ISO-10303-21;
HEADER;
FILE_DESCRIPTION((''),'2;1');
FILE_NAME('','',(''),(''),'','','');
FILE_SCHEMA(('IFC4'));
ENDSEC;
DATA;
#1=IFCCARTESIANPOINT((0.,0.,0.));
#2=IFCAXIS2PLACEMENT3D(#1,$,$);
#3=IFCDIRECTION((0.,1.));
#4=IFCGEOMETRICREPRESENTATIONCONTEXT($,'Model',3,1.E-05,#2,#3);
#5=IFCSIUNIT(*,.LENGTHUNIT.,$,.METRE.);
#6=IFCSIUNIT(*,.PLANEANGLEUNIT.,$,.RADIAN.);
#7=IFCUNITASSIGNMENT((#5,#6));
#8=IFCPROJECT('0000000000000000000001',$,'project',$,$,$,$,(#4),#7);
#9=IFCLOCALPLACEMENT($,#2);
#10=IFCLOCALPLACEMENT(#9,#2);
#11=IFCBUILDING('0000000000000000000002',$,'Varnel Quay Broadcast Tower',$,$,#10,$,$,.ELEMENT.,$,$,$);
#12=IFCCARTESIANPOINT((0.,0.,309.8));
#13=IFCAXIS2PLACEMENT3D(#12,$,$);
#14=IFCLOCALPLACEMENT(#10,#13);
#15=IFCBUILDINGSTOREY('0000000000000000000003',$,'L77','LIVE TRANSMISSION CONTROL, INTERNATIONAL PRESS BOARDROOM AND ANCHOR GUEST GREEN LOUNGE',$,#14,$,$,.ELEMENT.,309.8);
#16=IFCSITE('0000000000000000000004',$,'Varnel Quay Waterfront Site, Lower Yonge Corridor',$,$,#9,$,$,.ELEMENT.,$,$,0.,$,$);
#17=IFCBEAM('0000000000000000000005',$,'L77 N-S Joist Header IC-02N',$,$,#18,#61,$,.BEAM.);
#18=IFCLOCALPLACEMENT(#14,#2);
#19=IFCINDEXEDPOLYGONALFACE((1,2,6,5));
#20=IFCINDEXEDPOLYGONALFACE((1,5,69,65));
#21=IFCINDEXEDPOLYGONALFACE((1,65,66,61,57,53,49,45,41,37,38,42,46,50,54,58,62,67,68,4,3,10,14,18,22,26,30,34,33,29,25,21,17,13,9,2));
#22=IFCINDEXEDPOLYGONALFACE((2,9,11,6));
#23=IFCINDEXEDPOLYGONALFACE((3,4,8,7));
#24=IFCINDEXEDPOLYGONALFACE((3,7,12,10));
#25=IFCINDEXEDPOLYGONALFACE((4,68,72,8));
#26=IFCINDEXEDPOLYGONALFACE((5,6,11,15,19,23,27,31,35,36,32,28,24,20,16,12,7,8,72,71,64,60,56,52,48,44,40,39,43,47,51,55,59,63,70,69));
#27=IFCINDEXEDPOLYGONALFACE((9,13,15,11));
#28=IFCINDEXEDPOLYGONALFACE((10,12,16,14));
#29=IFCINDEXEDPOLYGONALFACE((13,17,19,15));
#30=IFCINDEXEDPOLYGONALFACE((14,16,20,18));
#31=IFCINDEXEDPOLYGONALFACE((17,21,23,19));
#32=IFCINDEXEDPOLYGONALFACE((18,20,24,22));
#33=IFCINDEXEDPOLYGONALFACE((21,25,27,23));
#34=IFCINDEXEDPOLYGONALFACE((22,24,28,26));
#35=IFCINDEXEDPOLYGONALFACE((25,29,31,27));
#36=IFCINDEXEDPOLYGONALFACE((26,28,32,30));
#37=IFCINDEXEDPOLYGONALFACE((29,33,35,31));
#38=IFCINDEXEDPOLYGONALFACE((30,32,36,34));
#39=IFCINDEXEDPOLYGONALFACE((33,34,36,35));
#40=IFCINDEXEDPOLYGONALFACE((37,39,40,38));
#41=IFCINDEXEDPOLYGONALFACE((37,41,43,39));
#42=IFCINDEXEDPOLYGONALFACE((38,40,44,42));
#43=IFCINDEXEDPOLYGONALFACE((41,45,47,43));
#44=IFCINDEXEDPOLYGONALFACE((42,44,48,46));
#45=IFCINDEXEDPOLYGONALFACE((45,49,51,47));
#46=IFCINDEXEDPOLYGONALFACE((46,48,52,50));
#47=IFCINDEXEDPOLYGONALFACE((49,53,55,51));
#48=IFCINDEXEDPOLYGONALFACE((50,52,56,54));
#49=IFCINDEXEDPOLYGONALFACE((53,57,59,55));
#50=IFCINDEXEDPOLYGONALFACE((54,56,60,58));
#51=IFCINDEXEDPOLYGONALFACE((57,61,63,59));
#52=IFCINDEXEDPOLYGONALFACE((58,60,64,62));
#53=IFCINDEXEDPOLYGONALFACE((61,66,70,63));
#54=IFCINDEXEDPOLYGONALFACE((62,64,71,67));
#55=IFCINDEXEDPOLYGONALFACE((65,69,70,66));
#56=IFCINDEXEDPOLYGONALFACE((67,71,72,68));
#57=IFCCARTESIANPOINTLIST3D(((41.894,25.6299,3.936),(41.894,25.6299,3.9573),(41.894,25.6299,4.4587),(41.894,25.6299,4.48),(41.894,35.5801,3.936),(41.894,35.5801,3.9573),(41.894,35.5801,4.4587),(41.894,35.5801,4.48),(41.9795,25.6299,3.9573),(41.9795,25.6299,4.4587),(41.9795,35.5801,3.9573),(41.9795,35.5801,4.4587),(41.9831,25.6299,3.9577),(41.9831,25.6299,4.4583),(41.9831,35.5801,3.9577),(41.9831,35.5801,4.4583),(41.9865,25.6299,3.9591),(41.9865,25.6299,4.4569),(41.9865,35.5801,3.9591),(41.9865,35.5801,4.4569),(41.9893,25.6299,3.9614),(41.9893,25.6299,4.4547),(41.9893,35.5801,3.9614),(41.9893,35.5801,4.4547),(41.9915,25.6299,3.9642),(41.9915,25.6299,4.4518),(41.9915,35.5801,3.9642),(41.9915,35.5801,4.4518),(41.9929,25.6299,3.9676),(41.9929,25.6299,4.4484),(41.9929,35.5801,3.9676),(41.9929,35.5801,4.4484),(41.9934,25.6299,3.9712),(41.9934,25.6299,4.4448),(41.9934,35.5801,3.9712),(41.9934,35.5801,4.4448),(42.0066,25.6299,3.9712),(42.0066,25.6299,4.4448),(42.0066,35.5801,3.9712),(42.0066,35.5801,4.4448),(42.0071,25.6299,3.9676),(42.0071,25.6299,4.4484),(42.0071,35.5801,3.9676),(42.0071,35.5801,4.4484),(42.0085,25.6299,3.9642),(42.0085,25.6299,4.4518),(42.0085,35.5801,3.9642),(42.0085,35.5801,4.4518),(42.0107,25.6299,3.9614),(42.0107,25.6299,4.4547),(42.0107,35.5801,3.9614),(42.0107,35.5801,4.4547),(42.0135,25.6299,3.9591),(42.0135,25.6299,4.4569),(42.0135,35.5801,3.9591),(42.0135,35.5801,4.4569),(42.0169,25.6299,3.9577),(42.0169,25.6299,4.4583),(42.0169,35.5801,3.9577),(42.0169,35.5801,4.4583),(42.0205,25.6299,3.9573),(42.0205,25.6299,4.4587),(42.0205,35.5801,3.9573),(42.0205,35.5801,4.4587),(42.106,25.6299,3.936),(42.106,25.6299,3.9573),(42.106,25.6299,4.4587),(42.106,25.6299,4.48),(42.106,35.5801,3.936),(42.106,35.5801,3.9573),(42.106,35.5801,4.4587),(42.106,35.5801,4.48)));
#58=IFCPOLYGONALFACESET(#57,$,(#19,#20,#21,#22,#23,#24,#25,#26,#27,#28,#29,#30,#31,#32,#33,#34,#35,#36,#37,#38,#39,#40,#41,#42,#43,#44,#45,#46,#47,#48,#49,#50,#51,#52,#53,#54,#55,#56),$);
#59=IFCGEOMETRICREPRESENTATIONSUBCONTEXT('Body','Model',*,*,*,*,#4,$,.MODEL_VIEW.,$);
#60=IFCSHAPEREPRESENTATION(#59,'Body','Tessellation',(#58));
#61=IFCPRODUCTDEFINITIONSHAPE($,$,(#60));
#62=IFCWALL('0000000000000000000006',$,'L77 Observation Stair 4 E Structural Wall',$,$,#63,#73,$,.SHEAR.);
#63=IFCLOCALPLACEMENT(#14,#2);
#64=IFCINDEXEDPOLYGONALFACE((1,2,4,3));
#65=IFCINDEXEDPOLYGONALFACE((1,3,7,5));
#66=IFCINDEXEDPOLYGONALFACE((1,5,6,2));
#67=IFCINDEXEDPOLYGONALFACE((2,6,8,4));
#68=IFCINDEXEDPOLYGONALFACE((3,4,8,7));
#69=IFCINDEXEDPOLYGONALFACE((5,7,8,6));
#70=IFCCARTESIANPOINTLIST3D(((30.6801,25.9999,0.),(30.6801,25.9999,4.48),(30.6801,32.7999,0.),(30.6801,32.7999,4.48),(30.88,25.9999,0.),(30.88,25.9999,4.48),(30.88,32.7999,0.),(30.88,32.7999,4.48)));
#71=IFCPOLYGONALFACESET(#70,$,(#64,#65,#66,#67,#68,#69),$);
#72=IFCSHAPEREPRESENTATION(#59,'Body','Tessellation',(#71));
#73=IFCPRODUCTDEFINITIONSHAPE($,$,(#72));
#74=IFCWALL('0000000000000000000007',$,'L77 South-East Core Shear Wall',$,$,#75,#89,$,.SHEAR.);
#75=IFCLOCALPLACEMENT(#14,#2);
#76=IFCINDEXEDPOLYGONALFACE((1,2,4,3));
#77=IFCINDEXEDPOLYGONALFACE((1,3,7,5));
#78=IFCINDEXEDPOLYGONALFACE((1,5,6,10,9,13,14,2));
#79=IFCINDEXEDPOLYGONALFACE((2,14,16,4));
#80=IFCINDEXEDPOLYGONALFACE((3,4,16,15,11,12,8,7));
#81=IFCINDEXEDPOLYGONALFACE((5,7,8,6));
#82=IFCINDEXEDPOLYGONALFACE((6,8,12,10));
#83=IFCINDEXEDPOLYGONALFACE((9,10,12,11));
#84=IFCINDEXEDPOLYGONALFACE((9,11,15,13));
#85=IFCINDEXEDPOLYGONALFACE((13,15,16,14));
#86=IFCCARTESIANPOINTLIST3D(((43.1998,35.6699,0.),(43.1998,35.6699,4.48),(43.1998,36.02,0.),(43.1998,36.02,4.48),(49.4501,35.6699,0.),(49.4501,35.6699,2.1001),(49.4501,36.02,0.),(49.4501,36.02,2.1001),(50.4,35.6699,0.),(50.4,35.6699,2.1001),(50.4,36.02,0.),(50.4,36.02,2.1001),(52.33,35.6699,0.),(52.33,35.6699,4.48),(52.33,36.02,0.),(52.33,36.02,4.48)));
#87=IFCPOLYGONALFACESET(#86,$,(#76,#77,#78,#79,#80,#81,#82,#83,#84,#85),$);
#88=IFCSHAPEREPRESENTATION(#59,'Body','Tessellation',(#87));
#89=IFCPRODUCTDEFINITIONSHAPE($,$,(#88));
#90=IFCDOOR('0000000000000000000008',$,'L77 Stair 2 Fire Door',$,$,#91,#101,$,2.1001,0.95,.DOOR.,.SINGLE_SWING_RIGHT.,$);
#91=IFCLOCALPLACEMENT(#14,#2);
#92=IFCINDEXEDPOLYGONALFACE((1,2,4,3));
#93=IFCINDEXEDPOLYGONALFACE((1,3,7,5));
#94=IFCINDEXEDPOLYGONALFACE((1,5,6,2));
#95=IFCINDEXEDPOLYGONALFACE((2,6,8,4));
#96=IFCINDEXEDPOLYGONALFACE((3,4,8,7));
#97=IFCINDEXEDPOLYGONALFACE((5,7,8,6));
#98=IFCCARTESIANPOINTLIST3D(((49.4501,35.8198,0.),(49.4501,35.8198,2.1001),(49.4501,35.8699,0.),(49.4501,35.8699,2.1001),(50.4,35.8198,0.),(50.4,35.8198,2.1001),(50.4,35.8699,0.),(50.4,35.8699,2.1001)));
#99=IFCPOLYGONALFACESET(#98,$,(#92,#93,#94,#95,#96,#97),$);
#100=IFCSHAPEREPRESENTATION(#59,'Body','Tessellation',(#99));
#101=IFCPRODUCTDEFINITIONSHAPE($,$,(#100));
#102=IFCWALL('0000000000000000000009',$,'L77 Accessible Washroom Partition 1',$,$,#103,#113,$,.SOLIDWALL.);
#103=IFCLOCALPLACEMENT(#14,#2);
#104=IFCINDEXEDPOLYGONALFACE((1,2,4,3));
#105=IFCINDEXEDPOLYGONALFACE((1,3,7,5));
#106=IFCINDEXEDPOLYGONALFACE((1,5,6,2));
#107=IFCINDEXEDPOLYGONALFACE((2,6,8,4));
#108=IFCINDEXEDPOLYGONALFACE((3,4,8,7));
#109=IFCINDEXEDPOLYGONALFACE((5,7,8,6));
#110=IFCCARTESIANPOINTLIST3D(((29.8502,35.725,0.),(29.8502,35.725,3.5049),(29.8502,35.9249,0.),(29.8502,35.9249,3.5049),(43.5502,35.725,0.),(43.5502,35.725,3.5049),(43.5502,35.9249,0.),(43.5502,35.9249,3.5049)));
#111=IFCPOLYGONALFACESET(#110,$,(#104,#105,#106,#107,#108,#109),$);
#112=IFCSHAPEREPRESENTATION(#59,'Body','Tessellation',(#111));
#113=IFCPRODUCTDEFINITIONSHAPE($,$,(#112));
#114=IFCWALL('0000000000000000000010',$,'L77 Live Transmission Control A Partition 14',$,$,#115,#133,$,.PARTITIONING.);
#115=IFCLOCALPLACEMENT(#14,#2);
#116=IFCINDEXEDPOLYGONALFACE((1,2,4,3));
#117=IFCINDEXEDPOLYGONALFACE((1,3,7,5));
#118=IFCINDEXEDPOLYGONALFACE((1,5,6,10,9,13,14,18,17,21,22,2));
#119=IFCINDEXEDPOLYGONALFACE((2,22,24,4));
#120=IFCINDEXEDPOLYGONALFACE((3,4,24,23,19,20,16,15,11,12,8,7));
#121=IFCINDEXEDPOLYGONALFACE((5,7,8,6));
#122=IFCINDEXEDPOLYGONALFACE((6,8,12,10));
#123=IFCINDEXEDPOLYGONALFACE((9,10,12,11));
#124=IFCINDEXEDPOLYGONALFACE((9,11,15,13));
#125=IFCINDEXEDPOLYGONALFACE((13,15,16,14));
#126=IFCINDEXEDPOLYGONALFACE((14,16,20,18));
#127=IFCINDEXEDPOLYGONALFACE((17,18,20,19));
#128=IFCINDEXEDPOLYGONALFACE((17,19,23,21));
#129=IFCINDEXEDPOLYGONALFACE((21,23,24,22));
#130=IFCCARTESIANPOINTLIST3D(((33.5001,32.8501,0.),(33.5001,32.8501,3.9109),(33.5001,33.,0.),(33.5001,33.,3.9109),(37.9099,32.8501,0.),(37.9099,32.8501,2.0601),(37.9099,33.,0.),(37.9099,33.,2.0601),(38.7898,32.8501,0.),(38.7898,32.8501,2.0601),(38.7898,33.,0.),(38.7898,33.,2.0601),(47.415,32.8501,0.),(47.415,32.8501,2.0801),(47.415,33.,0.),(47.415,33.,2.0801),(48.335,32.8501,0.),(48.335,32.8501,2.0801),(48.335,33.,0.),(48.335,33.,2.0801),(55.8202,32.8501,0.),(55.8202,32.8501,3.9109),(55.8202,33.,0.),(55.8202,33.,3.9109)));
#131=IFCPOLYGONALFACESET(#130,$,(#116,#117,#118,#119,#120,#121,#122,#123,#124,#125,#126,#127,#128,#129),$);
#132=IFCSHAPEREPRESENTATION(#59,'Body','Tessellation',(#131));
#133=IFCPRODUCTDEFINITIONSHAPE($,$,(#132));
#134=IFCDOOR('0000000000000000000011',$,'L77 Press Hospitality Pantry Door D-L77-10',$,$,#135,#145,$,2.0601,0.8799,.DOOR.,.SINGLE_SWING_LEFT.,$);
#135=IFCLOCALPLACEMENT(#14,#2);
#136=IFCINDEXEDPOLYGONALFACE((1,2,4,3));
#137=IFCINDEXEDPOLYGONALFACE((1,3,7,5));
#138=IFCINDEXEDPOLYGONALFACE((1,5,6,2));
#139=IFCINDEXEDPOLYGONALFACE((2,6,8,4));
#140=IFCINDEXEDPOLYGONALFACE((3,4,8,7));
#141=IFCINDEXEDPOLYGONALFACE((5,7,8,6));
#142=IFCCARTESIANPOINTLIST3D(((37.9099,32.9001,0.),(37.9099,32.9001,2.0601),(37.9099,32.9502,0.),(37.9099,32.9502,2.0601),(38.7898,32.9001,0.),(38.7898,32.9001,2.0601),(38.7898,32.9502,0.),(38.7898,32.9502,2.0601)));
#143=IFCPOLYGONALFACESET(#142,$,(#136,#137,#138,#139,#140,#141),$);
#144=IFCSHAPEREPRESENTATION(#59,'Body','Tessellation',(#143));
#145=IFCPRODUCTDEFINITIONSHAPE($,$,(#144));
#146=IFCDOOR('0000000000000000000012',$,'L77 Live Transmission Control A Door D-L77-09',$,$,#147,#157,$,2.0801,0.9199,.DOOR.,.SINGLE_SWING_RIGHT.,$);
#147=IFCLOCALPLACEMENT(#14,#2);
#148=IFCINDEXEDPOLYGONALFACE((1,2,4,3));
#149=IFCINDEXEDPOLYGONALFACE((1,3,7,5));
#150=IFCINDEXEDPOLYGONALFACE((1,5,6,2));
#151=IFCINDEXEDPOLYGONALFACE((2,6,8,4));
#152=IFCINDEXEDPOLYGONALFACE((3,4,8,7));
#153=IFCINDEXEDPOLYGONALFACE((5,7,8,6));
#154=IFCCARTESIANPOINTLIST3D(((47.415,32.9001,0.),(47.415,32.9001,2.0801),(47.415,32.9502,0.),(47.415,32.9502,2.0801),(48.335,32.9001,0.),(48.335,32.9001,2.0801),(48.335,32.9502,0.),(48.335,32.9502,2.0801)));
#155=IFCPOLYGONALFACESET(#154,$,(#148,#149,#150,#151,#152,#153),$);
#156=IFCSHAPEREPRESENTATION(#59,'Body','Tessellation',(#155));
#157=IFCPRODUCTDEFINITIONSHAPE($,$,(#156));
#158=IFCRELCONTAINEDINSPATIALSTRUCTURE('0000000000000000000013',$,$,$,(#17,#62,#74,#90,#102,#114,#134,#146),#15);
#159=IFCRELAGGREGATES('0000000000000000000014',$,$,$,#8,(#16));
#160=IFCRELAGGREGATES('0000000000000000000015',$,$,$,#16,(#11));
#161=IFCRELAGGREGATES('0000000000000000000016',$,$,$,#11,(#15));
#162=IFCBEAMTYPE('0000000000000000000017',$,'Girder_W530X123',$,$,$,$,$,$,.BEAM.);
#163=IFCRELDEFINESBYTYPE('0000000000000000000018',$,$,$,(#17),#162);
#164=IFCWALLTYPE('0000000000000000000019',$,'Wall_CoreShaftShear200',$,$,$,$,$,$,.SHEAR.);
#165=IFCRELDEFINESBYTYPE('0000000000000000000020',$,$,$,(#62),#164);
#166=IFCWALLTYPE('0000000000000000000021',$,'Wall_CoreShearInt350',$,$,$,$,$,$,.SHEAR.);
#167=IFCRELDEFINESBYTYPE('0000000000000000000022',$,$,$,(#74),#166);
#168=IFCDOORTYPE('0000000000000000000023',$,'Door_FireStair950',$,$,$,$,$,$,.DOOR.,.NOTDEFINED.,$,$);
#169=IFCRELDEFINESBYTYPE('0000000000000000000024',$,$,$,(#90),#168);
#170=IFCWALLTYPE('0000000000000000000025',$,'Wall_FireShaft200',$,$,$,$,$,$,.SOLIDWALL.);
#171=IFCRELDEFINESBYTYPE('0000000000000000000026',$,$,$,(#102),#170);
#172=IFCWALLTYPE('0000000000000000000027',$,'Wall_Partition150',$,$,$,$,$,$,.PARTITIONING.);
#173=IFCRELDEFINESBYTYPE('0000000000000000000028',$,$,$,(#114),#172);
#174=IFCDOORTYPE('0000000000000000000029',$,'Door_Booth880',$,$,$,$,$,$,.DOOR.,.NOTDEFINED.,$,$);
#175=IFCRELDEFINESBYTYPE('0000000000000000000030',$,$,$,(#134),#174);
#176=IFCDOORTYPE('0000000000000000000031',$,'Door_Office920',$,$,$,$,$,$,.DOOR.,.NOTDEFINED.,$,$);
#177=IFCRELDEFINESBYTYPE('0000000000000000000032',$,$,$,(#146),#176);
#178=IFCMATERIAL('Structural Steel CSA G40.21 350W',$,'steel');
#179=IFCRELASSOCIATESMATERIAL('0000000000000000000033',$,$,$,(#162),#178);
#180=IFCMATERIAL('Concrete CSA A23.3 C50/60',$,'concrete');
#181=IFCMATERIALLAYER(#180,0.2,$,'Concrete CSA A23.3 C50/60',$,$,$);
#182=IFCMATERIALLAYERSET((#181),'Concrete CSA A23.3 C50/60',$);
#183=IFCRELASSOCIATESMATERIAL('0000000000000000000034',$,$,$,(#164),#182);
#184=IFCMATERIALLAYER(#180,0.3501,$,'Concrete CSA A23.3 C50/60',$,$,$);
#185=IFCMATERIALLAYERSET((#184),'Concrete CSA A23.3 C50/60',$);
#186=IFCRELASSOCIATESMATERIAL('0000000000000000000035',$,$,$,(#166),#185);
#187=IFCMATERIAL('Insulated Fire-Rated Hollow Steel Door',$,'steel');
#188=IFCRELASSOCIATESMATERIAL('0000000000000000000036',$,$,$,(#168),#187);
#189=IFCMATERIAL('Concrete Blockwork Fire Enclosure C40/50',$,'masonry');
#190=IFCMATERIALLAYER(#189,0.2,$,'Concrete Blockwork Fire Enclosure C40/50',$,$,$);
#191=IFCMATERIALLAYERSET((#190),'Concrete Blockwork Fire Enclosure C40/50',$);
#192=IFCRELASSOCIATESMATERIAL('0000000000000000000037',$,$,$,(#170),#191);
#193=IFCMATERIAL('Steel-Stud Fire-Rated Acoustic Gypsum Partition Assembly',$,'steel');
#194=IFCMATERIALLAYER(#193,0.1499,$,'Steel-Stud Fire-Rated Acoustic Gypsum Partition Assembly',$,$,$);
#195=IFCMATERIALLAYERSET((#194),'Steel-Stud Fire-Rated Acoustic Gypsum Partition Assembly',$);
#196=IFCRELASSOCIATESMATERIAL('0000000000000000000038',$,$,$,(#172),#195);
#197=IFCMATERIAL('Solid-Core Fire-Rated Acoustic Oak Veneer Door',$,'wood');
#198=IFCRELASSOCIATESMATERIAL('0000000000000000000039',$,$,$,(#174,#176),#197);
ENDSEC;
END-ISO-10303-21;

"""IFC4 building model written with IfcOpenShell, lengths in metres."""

from ifc_helpers import new_model, si_unit, direction, frame, frame_2d, origin, origin_2d, place, context, subcontext, project, spatial, rectangle, i_section, extrude, source, transform, mapped, material, layer, layer_set, material_profile, profile_set, type_object, type_shapes, element, fill, save


model = new_model("IFC4")

# Units and contexts
model_context = context("Model", 3, precision=1e-05, world=origin(), true_north=direction((0.0, 1.0)))
body_context = subcontext(model_context, "Body", "Model", "MODEL_VIEW")
ifc_project = project(units=[si_unit("LENGTHUNIT", "METRE"), si_unit("PLANEANGLEUNIT", "RADIAN")], contexts=[model_context])

# Site, building, storey
site_placement = place(None, origin())
site = spatial("IfcSite", under=ifc_project, at=site_placement, Name="Varnel Quay Waterfront Site, Lower Yonge Corridor", CompositionType="ELEMENT", RefElevation=0.0)
building_placement = place(site_placement, origin())
building = spatial("IfcBuilding", under=site, at=building_placement, Name="Varnel Quay Broadcast Tower", CompositionType="ELEMENT")
storey_placement = place(building_placement, frame((0.0, 0.0, 309.8)))
storey = spatial("IfcBuildingStorey", under=building, at=storey_placement, Name="L77", Description="LIVE TRANSMISSION CONTROL, INTERNATIONAL PRESS BOARDROOM AND ANCHOR GUEST GREEN LOUNGE", CompositionType="ELEMENT", Elevation=309.8)

# Beam
ifc_material_1 = material(Name="Concrete CSA A23.3 C50/60", Category="concrete")
ifc_material_2 = material(Name="Structural Steel CSA G40.21 350W", Category="steel")
ifc_material_profile_1 = material_profile(ifc_material_2, i_section(OverallWidth=0.2119, OverallDepth=0.5439, WebThickness=0.0132, FlangeThickness=0.0212, FilletRadius=0.0139, at=origin_2d()), Name="W530X123")
ifc_profile_set_1 = profile_set([ifc_material_profile_1], Name="Structural Steel CSA G40.21 350W")
beam_type_1 = type_object("IfcBeamType", Name="Girder_W530X123", PredefinedType="BEAM", material=ifc_profile_set_1)
shared_shape_1 = source(origin(), body_context, "Body", "SweptSolid", [
    extrude(i_section(OverallWidth=0.2119, OverallDepth=0.5439, WebThickness=0.0132, FlangeThickness=0.0212, FilletRadius=0.0139, at=origin_2d()), origin(), (0.0, 0.0, 1.0), 9.9502),
])
beam_1_placement = place(storey_placement, frame((42.0, 25.6299, 4.208), z_axis=(0.0, 1.0, 0.0), x_axis=(-1.0, 0.0, 0.0)))
element("IfcBeam", 1, at=beam_1_placement, inside=storey, type_object=beam_type_1, Name="L77 N-S Joist Header IC-02N", PredefinedType="BEAM", context=body_context, shape_type="MappedRepresentation", body=[
    mapped(shared_shape_1, transform((0.0, 0.0, 0.0), x_axis=(1.0, 0.0, 0.0), y_axis=(0.0, 1.0, 0.0), z_axis=(0.0, 0.0, 1.0), scale=1.0)),
])

# Wall
ifc_layer_1 = layer(ifc_material_1, 0.2, Name="Concrete CSA A23.3 C50/60")
ifc_layer_set_1 = layer_set([ifc_layer_1], Name="Concrete CSA A23.3 C50/60")
wall_type_1 = type_object("IfcWallType", Name="Wall_CoreShaftShear200", PredefinedType="SHEAR", material=ifc_layer_set_1)
wall_1_placement = place(storey_placement, frame((30.78, 26.0, 0.0), z_axis=(0.0, 0.0, 1.0), x_axis=(0.0, 1.0, 0.0)))
element("IfcWall", 2, at=wall_1_placement, inside=storey, type_object=wall_type_1, Name="L77 Observation Stair 4 E Structural Wall", PredefinedType="SHEAR", context=body_context, shape_type="SweptSolid", body=[
    extrude(rectangle(XDim=6.8, YDim=0.2, at=frame_2d((3.3999, 0.0))), origin(), (0.0, 0.0, 1.0), 4.48),
])

# Wall, opening, door
ifc_layer_2 = layer(ifc_material_1, 0.3501, Name="Concrete CSA A23.3 C50/60")
ifc_layer_set_2 = layer_set([ifc_layer_2], Name="Concrete CSA A23.3 C50/60")
wall_type_2 = type_object("IfcWallType", Name="Wall_CoreShearInt350", PredefinedType="SHEAR", material=ifc_layer_set_2)
wall_2_placement = place(storey_placement, frame((43.2, 35.845, 0.0), z_axis=(0.0, 0.0, 1.0), x_axis=(1.0, 0.0, 0.0)))
wall_2 = element("IfcWall", 3, at=wall_2_placement, inside=storey, type_object=wall_type_2, Name="L77 South-East Core Shear Wall", PredefinedType="SHEAR", context=body_context, shape_type="SweptSolid", body=[
    extrude(rectangle(XDim=9.1301, YDim=0.3501, at=frame_2d((4.5649, 0.0))), origin(), (0.0, 0.0, 1.0), 4.48),
])
opening_1_placement = place(wall_2_placement, frame((6.25, 0.0, 0.0)))
opening_1 = element("IfcOpeningElement", 4, at=opening_1_placement, cuts=wall_2, PredefinedType="OPENING", context=body_context, shape_type="SweptSolid", body=[
    extrude(rectangle(XDim=0.95, YDim=2.1001, at=frame_2d((0.4751, 1.05))), frame((0.0, 0.1851, 0.0), z_axis=(0.0, -1.0, 0.0), x_axis=(1.0, 0.0, 0.0)), (0.0, 0.0, 1.0), 0.3701),
])
ifc_material_3 = material(Name="Insulated Fire-Rated Hollow Steel Door", Category="steel")
door_type_1 = type_object("IfcDoorType", Name="Door_FireStair950", OperationType="NOTDEFINED", PredefinedType="DOOR", material=ifc_material_3)
shared_shape_2 = source(origin(), body_context, "Body", "SweptSolid", [
    extrude(rectangle(XDim=0.95, YDim=2.1001, at=frame_2d((0.4751, 1.05))), frame((0.0, 0.0249, 0.0), z_axis=(0.0, -1.0, 0.0), x_axis=(1.0, 0.0, 0.0)), (0.0, 0.0, 1.0), 0.05),
])
type_shapes(door_type_1, [shared_shape_2])
door_1_placement = place(opening_1_placement, origin())
door_1 = element("IfcDoor", 5, at=door_1_placement, inside=storey, type_object=door_type_1, Name="L77 Stair 2 Fire Door", OperationType="SINGLE_SWING_RIGHT", OverallHeight=2.1001, OverallWidth=0.95, PredefinedType="DOOR", context=body_context, shape_type="MappedRepresentation", body=[
    mapped(shared_shape_2, transform((0.0, 0.0, 0.0), x_axis=(1.0, 0.0, 0.0), y_axis=(0.0, 1.0, 0.0), z_axis=(0.0, 0.0, 1.0), scale=1.0)),
])
fill(opening_1, door_1)

# Wall
ifc_material_4 = material(Name="Concrete Blockwork Fire Enclosure C40/50", Category="masonry")
ifc_layer_3 = layer(ifc_material_4, 0.2, Name="Concrete Blockwork Fire Enclosure C40/50")
ifc_layer_set_3 = layer_set([ifc_layer_3], Name="Concrete Blockwork Fire Enclosure C40/50")
wall_type_3 = type_object("IfcWallType", Name="Wall_FireShaft200", PredefinedType="SOLIDWALL", material=ifc_layer_set_3)
wall_3_placement = place(storey_placement, frame((29.8501, 35.825, 0.0), z_axis=(0.0, 0.0, 1.0), x_axis=(1.0, 0.0, 0.0)))
element("IfcWall", 6, at=wall_3_placement, inside=storey, type_object=wall_type_3, Name="L77 Accessible Washroom Partition 1", PredefinedType="SOLIDWALL", context=body_context, shape_type="SweptSolid", body=[
    extrude(rectangle(XDim=13.7, YDim=0.2, at=frame_2d((6.8501, 0.0))), origin(), (0.0, 0.0, 1.0), 3.5049),
])

# Wall, openings, doors
ifc_material_5 = material(Name="Steel-Stud Fire-Rated Acoustic Gypsum Partition Assembly", Category="steel")
ifc_layer_4 = layer(ifc_material_5, 0.1499, Name="Steel-Stud Fire-Rated Acoustic Gypsum Partition Assembly")
ifc_layer_set_4 = layer_set([ifc_layer_4], Name="Steel-Stud Fire-Rated Acoustic Gypsum Partition Assembly")
wall_type_4 = type_object("IfcWallType", Name="Wall_Partition150", PredefinedType="PARTITIONING", material=ifc_layer_set_4)
wall_4_placement = place(storey_placement, frame((33.5, 32.925, 0.0), z_axis=(0.0, 0.0, 1.0), x_axis=(1.0, 0.0, 0.0)))
wall_4 = element("IfcWall", 7, at=wall_4_placement, inside=storey, type_object=wall_type_4, Name="L77 Live Transmission Control A Partition 14", PredefinedType="PARTITIONING", context=body_context, shape_type="SweptSolid", body=[
    extrude(rectangle(XDim=22.3201, YDim=0.1499, at=frame_2d((11.1602, 0.0))), origin(), (0.0, 0.0, 1.0), 3.9109),
])
opening_2_placement = place(wall_4_placement, frame((13.915, 0.0, 0.0)))
opening_2 = element("IfcOpeningElement", 8, at=opening_2_placement, cuts=wall_4, PredefinedType="OPENING", context=body_context, shape_type="SweptSolid", body=[
    extrude(rectangle(XDim=0.9199, YDim=2.0801, at=frame_2d((0.46, 1.04))), frame((0.0, 0.085, 0.0), z_axis=(0.0, -1.0, 0.0), x_axis=(1.0, 0.0, 0.0)), (0.0, 0.0, 1.0), 0.1699),
])
opening_3_placement = place(wall_4_placement, frame((4.4099, 0.0, 0.0)))
opening_3 = element("IfcOpeningElement", 9, at=opening_3_placement, cuts=wall_4, PredefinedType="OPENING", context=body_context, shape_type="SweptSolid", body=[
    extrude(rectangle(XDim=0.8799, YDim=2.0601, at=frame_2d((0.4399, 1.03))), frame((0.0, 0.085, 0.0), z_axis=(0.0, -1.0, 0.0), x_axis=(1.0, 0.0, 0.0)), (0.0, 0.0, 1.0), 0.1699),
])
ifc_material_6 = material(Name="Solid-Core Fire-Rated Acoustic Oak Veneer Door", Category="wood")
door_type_2 = type_object("IfcDoorType", Name="Door_Booth880", OperationType="NOTDEFINED", PredefinedType="DOOR", material=ifc_material_6)
shared_shape_3 = source(origin(), body_context, "Body", "SweptSolid", [
    extrude(rectangle(XDim=0.8799, YDim=2.0601, at=frame_2d((0.4399, 1.03))), frame((0.0, 0.0249, 0.0), z_axis=(0.0, -1.0, 0.0), x_axis=(1.0, 0.0, 0.0)), (0.0, 0.0, 1.0), 0.05),
])
type_shapes(door_type_2, [shared_shape_3])
door_2_placement = place(opening_3_placement, frame((0.8799, 0.0, 0.0), z_axis=(0.0, 0.0, 1.0), x_axis=(-1.0, 0.0, 0.0)))
door_2 = element("IfcDoor", 10, at=door_2_placement, inside=storey, type_object=door_type_2, Name="L77 Press Hospitality Pantry Door D-L77-10", OperationType="SINGLE_SWING_LEFT", OverallHeight=2.0601, OverallWidth=0.8799, PredefinedType="DOOR", context=body_context, shape_type="MappedRepresentation", body=[
    mapped(shared_shape_3, transform((0.0, 0.0, 0.0), x_axis=(1.0, 0.0, 0.0), y_axis=(0.0, 1.0, 0.0), z_axis=(0.0, 0.0, 1.0), scale=1.0)),
])
fill(opening_3, door_2)
door_type_3 = type_object("IfcDoorType", Name="Door_Office920", OperationType="NOTDEFINED", PredefinedType="DOOR", material=ifc_material_6)
shared_shape_4 = source(origin(), body_context, "Body", "SweptSolid", [
    extrude(rectangle(XDim=0.9199, YDim=2.0801, at=frame_2d((0.46, 1.04))), frame((0.0, 0.0249, 0.0), z_axis=(0.0, -1.0, 0.0), x_axis=(1.0, 0.0, 0.0)), (0.0, 0.0, 1.0), 0.05),
])
type_shapes(door_type_3, [shared_shape_4])
door_3_placement = place(opening_2_placement, frame((0.9199, 0.0, 0.0), z_axis=(0.0, 0.0, 1.0), x_axis=(-1.0, 0.0, 0.0)))
door_3 = element("IfcDoor", 11, at=door_3_placement, inside=storey, type_object=door_type_3, Name="L77 Live Transmission Control A Door D-L77-09", OperationType="SINGLE_SWING_RIGHT", OverallHeight=2.0801, OverallWidth=0.9199, PredefinedType="DOOR", context=body_context, shape_type="MappedRepresentation", body=[
    mapped(shared_shape_4, transform((0.0, 0.0, 0.0), x_axis=(1.0, 0.0, 0.0), y_axis=(0.0, 1.0, 0.0), z_axis=(0.0, 0.0, 1.0), scale=1.0)),
])
fill(opening_2, door_3)

save(model, "model.ifc")
